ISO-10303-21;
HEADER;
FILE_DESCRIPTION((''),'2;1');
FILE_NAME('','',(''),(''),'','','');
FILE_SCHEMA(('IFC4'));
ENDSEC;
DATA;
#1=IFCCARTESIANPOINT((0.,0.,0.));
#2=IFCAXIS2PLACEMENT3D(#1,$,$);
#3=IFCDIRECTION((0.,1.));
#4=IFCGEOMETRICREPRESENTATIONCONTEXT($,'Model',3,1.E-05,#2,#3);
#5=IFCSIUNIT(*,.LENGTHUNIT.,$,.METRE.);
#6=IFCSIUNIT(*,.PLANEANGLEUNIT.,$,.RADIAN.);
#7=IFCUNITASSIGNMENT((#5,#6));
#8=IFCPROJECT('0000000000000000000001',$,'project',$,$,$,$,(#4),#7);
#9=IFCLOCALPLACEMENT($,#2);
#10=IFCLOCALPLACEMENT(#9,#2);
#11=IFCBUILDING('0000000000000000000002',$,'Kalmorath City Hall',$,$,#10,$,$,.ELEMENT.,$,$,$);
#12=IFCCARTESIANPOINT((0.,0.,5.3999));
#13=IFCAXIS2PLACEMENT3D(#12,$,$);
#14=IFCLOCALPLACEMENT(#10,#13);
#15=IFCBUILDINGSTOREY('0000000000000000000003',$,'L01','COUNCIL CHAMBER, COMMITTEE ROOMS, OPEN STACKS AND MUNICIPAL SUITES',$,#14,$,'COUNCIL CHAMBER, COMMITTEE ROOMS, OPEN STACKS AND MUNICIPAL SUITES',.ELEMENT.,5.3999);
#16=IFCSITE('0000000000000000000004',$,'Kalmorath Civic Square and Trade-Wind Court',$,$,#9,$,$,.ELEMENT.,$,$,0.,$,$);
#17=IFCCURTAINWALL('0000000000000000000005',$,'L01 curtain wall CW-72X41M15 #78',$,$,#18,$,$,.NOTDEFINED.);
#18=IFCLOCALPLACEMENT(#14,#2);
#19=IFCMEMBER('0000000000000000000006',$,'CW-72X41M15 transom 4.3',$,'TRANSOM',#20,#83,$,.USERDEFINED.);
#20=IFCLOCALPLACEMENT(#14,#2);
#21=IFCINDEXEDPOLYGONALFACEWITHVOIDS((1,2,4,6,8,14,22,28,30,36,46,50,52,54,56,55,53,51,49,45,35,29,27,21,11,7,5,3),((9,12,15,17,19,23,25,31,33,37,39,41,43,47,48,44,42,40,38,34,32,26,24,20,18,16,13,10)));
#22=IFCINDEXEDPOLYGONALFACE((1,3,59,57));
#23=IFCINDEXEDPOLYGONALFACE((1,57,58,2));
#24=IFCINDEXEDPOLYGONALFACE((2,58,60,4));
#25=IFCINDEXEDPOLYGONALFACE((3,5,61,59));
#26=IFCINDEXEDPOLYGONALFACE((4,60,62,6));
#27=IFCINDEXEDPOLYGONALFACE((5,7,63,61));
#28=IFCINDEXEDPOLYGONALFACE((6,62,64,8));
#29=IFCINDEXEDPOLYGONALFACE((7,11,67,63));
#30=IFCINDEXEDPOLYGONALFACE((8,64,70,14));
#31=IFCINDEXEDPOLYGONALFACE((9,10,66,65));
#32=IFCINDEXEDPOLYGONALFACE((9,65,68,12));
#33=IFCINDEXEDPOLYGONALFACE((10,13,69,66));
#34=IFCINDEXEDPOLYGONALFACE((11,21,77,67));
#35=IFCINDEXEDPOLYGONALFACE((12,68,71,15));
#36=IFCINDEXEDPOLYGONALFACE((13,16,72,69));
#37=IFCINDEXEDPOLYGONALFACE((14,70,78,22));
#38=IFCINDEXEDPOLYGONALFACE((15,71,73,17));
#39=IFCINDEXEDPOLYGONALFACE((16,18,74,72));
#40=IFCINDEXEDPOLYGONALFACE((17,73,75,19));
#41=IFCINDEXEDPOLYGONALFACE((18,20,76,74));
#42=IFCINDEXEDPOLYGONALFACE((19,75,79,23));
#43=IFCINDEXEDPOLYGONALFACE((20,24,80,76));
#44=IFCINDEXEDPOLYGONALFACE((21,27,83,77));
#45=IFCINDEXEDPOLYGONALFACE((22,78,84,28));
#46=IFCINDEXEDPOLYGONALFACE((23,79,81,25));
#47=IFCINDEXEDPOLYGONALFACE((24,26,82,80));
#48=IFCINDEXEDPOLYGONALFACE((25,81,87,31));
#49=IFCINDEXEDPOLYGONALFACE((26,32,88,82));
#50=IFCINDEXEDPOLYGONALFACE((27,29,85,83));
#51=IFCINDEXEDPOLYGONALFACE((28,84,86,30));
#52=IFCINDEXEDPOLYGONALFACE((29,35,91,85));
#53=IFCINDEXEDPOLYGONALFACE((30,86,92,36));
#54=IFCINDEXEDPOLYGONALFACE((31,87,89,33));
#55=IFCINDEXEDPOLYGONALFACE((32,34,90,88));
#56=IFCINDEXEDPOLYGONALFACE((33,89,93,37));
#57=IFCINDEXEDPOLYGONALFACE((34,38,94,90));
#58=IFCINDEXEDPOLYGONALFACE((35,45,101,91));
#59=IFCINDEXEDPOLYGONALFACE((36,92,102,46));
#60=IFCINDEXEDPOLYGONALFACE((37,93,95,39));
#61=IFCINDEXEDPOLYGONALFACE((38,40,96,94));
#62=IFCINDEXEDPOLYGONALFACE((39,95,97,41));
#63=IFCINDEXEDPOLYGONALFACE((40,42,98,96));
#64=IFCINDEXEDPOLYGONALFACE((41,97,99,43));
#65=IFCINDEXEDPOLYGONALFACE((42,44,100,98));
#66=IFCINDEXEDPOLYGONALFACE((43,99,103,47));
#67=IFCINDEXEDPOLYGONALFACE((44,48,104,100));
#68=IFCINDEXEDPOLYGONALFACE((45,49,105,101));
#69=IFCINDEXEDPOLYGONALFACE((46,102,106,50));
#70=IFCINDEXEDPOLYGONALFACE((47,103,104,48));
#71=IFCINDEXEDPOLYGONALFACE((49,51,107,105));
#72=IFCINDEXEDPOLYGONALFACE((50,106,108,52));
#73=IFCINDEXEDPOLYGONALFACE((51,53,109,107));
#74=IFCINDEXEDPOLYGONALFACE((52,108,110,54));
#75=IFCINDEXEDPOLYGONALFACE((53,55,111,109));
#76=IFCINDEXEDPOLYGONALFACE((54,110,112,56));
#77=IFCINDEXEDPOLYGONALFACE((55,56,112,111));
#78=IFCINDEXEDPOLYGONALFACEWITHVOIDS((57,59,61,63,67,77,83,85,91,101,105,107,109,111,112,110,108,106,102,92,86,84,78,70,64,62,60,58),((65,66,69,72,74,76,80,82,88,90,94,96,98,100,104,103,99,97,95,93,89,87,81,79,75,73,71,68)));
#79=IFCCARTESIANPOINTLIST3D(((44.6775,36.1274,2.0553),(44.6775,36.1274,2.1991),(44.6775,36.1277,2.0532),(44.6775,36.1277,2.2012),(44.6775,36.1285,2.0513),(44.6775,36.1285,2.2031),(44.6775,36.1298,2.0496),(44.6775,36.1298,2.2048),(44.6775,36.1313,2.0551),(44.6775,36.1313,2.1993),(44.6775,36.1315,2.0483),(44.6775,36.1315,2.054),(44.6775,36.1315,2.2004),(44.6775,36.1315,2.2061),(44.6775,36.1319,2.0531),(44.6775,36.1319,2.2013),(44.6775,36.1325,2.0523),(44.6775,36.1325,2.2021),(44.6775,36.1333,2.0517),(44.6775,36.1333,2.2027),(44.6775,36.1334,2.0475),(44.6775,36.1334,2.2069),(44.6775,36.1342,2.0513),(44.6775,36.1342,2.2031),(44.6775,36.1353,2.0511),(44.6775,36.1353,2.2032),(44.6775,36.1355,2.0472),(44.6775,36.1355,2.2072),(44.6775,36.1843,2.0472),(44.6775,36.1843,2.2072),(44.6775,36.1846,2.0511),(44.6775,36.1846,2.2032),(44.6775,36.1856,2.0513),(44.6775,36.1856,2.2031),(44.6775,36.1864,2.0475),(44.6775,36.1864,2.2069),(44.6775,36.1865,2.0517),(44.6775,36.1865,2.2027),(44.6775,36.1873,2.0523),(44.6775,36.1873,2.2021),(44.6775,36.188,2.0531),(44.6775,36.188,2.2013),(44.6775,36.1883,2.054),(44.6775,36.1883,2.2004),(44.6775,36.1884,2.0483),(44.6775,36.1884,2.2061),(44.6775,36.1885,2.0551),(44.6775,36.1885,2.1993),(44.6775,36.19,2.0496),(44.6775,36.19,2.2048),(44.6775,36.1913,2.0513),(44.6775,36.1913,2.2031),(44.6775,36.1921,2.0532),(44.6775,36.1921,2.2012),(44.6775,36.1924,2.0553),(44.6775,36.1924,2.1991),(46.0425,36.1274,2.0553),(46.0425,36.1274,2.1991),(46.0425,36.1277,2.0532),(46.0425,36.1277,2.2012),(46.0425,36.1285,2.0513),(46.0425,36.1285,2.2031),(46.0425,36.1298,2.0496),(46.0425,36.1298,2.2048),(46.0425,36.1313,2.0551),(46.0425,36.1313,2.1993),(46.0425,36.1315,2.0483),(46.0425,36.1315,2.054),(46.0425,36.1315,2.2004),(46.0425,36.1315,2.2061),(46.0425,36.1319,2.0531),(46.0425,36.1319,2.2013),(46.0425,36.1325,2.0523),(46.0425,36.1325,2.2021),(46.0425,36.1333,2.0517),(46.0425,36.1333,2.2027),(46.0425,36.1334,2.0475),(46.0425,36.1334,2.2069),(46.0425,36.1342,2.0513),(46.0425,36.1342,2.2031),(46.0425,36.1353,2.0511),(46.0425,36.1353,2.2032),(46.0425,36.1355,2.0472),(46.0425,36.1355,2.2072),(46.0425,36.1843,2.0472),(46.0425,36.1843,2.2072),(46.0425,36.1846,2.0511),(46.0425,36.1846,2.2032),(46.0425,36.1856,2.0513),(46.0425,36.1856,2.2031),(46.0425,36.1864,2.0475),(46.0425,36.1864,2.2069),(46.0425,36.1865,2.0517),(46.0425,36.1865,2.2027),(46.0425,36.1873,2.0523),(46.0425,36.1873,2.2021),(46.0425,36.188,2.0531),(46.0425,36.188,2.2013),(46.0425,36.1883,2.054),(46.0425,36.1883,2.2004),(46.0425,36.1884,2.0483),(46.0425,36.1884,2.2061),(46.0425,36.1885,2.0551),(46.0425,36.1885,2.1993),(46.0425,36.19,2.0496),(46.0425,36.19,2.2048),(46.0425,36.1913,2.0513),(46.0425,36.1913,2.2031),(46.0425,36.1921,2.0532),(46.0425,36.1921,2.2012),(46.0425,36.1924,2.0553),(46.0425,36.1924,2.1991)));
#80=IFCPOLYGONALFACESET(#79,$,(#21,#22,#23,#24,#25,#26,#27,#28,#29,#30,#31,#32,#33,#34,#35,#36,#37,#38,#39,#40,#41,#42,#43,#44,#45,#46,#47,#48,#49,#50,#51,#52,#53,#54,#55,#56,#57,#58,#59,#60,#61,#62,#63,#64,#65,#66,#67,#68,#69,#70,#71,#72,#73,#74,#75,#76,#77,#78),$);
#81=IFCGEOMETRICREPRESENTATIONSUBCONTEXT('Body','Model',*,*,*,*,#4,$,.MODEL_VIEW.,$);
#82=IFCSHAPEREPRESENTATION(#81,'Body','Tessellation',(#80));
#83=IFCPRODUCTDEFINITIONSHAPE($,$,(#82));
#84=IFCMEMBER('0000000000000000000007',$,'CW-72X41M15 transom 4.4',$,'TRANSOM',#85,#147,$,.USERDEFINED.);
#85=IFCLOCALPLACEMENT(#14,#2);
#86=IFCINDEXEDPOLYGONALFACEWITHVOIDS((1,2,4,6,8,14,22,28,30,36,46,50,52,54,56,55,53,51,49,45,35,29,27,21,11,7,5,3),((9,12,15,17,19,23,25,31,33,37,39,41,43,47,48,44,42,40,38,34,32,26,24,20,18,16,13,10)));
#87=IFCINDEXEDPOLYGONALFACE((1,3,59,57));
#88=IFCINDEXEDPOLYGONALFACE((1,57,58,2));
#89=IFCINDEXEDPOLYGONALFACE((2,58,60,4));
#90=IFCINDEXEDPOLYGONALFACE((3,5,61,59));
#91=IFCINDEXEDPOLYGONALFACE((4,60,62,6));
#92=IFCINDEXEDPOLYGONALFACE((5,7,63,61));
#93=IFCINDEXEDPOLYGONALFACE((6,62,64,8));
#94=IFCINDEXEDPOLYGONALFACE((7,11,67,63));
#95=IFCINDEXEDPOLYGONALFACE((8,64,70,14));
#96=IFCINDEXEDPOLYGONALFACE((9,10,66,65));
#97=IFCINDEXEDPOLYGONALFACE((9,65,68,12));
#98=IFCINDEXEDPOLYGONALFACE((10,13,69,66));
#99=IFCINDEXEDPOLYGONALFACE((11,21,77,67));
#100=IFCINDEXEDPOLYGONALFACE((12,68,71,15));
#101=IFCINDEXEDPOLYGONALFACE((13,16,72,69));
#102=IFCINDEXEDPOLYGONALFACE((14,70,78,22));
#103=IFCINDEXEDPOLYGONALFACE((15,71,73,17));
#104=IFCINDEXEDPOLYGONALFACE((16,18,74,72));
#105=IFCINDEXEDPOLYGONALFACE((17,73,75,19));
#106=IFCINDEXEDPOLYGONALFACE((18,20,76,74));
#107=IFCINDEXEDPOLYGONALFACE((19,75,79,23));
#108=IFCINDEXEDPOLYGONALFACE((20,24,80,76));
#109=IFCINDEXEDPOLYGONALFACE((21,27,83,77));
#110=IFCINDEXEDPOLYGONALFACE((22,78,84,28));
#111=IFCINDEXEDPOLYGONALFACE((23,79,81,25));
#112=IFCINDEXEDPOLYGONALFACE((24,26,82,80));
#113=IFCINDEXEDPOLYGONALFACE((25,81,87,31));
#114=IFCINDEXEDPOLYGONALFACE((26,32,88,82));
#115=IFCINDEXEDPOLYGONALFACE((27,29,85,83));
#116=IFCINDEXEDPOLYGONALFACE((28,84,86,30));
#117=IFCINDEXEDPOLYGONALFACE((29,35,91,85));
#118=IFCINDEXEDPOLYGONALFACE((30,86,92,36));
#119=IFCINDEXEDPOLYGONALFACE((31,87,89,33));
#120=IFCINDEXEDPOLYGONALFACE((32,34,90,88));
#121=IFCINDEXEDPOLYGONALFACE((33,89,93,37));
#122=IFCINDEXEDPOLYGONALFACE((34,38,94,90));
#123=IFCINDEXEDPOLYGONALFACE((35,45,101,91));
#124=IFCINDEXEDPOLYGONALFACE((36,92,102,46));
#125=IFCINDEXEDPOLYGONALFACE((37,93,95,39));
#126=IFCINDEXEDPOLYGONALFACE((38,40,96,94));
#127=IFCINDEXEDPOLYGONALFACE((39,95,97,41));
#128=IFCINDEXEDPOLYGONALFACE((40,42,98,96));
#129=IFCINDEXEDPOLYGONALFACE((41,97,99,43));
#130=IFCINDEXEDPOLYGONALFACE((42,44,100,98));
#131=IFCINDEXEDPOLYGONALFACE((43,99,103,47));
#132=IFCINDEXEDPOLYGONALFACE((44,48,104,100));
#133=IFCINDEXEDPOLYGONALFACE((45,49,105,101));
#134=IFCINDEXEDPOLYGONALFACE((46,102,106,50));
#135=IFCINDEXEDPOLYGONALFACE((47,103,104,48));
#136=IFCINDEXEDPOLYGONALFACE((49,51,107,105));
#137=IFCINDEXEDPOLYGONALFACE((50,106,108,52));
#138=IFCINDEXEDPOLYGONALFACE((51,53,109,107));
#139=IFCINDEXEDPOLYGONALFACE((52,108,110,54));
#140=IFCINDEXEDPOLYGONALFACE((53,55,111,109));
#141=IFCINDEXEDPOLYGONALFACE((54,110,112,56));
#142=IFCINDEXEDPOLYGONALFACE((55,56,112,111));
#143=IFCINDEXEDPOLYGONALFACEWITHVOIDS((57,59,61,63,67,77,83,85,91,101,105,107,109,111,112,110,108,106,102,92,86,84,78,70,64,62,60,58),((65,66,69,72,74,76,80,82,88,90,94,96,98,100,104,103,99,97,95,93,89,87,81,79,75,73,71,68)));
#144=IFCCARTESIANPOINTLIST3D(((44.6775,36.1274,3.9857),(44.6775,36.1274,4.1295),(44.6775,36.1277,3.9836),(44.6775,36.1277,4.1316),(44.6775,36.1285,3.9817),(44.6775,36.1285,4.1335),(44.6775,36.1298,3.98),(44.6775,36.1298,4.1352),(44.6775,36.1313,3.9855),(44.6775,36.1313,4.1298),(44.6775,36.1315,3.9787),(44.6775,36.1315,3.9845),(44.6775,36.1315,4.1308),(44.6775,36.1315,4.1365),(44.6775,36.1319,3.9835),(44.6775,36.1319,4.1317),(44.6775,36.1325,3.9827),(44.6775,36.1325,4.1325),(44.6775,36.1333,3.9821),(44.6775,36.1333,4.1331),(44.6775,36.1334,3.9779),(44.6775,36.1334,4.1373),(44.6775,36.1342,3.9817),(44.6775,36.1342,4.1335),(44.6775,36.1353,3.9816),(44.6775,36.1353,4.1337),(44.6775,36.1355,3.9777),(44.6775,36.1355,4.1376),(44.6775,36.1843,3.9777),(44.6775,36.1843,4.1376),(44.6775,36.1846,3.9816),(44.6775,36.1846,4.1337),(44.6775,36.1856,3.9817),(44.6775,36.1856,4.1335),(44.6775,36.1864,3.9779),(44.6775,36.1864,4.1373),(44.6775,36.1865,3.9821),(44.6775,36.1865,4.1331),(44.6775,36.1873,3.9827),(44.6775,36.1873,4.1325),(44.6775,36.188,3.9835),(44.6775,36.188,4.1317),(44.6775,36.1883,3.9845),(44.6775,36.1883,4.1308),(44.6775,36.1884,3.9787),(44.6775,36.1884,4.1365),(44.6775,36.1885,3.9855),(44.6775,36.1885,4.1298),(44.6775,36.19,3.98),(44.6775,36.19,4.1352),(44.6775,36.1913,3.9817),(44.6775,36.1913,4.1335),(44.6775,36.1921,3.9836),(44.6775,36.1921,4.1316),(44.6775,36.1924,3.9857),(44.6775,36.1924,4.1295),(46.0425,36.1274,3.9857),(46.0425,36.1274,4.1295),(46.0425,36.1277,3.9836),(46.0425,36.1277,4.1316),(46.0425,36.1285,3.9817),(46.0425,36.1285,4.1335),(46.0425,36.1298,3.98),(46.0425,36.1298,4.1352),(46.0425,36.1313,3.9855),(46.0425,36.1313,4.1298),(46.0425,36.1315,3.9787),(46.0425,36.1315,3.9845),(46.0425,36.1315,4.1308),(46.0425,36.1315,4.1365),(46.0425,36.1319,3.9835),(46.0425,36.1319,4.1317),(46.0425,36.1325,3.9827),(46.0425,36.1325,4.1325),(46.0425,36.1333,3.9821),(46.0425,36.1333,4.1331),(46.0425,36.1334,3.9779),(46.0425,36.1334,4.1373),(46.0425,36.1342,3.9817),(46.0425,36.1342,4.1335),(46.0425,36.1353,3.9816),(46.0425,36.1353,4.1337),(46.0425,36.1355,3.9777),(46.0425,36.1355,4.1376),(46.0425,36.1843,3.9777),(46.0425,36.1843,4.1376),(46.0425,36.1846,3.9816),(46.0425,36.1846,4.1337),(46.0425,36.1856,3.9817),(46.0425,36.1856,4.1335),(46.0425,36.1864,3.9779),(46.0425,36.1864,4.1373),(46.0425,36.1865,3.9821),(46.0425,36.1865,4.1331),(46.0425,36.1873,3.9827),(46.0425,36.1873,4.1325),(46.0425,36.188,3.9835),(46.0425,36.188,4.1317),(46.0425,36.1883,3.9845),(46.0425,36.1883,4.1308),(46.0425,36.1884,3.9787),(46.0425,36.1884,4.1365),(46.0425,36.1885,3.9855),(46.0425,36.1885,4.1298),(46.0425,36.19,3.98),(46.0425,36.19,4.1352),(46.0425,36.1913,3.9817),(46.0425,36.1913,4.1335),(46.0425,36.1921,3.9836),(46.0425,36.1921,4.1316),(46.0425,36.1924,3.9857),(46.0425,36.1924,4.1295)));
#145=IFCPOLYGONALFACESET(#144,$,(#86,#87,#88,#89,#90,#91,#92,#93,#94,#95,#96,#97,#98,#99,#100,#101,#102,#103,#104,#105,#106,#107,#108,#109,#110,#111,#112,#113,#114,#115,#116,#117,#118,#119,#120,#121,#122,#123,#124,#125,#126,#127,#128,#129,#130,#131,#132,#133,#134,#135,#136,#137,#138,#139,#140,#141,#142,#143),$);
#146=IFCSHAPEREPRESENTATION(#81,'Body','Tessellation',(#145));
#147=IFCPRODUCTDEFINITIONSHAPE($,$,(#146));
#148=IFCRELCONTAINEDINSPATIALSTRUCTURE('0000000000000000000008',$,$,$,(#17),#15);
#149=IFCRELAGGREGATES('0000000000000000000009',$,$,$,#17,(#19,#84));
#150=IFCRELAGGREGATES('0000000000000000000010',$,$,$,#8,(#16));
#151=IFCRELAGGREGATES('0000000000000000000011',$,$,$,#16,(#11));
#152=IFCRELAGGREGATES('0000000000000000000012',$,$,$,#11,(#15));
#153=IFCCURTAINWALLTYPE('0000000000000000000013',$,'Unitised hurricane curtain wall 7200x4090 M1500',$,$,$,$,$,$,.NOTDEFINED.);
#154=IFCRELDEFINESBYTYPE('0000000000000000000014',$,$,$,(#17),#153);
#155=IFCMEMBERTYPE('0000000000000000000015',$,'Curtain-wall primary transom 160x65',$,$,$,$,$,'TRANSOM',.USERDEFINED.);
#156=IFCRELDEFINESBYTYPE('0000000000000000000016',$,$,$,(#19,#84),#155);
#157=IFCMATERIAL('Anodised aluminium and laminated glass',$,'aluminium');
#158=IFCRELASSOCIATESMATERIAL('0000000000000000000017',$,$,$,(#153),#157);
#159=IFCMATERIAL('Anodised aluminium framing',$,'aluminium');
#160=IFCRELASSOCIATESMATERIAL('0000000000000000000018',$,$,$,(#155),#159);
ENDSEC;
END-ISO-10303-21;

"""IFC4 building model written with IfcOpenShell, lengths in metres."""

from ifc_helpers import new_model, si_unit, direction, frame, origin, origin_2d, place, context, subcontext, project, spatial, hollow_rectangle, extrude, material, material_profile, profile_set, type_object, element, aggregate, save


model = new_model("IFC4")

# Units and contexts
model_context = context("Model", 3, precision=1e-05, world=origin(), true_north=direction((0.0, 1.0)))
body_context = subcontext(model_context, "Body", "Model", "MODEL_VIEW")
ifc_project = project(units=[si_unit("LENGTHUNIT", "METRE"), si_unit("PLANEANGLEUNIT", "RADIAN")], contexts=[model_context])

# Site, building, storey
site_placement = place(None, origin())
site = spatial("IfcSite", under=ifc_project, at=site_placement, Name="Kalmorath Civic Square and Trade-Wind Court", CompositionType="ELEMENT", RefElevation=0.0)
building_placement = place(site_placement, origin())
building = spatial("IfcBuilding", under=site, at=building_placement, Name="Kalmorath City Hall", CompositionType="ELEMENT")
storey_placement = place(building_placement, frame((0.0, 0.0, 5.3999)))
storey = spatial("IfcBuildingStorey", under=building, at=storey_placement, Name="L01", Description="COUNCIL CHAMBER, COMMITTEE ROOMS, OPEN STACKS AND MUNICIPAL SUITES", LongName="COUNCIL CHAMBER, COMMITTEE ROOMS, OPEN STACKS AND MUNICIPAL SUITES", CompositionType="ELEMENT", Elevation=5.3999)

# Curtain wall
ifc_material_1 = material(Name="Anodised aluminium and laminated glass", Category="aluminium")
curtain_wall_type_1 = type_object("IfcCurtainWallType", Name="Unitised hurricane curtain wall 7200x4090 M1500", PredefinedType="NOTDEFINED", material=ifc_material_1)
curtain_wall_1_placement = place(storey_placement, origin())
curtain_wall_1 = element("IfcCurtainWall", 1, at=curtain_wall_1_placement, inside=storey, type_object=curtain_wall_type_1, Name="L01 curtain wall CW-72X41M15 #78", PredefinedType="NOTDEFINED")

# Members
ifc_material_2 = material(Name="Anodised aluminium framing", Category="aluminium")
ifc_material_profile_1 = material_profile(ifc_material_2, hollow_rectangle(XDim=0.0649, YDim=0.1599, WallThickness=0.0039, InnerFilletRadius=0.0039, OuterFilletRadius=0.0081, at=origin_2d()), Name="ALU-TRN-160X65X4")
ifc_profile_set_1 = profile_set([ifc_material_profile_1], Name="Anodised aluminium framing")
member_type_1 = type_object("IfcMemberType", Name="Curtain-wall primary transom 160x65", ElementType="TRANSOM", PredefinedType="USERDEFINED", material=ifc_profile_set_1)
member_1_placement = place(storey_placement, frame((46.0425, 36.1599, 2.1272), z_axis=(-1.0, 0.0, 0.0), x_axis=(0.0, -1.0, 0.0)))
member_1 = element("IfcMember", 2, at=member_1_placement, type_object=member_type_1, Name="CW-72X41M15 transom 4.3", ObjectType="TRANSOM", PredefinedType="USERDEFINED", context=body_context, shape_type="SweptSolid", body=[
    extrude(hollow_rectangle(XDim=0.0649, YDim=0.1599, WallThickness=0.0039, InnerFilletRadius=0.0039, OuterFilletRadius=0.0081, at=origin_2d()), origin(), (0.0, 0.0, 1.0), 1.365),
])
member_2_placement = place(storey_placement, frame((46.0425, 36.1599, 4.0576), z_axis=(-1.0, 0.0, 0.0), x_axis=(0.0, -1.0, 0.0)))
member_2 = element("IfcMember", 3, at=member_2_placement, type_object=member_type_1, Name="CW-72X41M15 transom 4.4", ObjectType="TRANSOM", PredefinedType="USERDEFINED", context=body_context, shape_type="SweptSolid", body=[
    extrude(hollow_rectangle(XDim=0.0649, YDim=0.1599, WallThickness=0.0039, InnerFilletRadius=0.0039, OuterFilletRadius=0.0081, at=origin_2d()), origin(), (0.0, 0.0, 1.0), 1.365),
])

aggregate(curtain_wall_1, [member_1, member_2])

save(model, "model.ifc")
